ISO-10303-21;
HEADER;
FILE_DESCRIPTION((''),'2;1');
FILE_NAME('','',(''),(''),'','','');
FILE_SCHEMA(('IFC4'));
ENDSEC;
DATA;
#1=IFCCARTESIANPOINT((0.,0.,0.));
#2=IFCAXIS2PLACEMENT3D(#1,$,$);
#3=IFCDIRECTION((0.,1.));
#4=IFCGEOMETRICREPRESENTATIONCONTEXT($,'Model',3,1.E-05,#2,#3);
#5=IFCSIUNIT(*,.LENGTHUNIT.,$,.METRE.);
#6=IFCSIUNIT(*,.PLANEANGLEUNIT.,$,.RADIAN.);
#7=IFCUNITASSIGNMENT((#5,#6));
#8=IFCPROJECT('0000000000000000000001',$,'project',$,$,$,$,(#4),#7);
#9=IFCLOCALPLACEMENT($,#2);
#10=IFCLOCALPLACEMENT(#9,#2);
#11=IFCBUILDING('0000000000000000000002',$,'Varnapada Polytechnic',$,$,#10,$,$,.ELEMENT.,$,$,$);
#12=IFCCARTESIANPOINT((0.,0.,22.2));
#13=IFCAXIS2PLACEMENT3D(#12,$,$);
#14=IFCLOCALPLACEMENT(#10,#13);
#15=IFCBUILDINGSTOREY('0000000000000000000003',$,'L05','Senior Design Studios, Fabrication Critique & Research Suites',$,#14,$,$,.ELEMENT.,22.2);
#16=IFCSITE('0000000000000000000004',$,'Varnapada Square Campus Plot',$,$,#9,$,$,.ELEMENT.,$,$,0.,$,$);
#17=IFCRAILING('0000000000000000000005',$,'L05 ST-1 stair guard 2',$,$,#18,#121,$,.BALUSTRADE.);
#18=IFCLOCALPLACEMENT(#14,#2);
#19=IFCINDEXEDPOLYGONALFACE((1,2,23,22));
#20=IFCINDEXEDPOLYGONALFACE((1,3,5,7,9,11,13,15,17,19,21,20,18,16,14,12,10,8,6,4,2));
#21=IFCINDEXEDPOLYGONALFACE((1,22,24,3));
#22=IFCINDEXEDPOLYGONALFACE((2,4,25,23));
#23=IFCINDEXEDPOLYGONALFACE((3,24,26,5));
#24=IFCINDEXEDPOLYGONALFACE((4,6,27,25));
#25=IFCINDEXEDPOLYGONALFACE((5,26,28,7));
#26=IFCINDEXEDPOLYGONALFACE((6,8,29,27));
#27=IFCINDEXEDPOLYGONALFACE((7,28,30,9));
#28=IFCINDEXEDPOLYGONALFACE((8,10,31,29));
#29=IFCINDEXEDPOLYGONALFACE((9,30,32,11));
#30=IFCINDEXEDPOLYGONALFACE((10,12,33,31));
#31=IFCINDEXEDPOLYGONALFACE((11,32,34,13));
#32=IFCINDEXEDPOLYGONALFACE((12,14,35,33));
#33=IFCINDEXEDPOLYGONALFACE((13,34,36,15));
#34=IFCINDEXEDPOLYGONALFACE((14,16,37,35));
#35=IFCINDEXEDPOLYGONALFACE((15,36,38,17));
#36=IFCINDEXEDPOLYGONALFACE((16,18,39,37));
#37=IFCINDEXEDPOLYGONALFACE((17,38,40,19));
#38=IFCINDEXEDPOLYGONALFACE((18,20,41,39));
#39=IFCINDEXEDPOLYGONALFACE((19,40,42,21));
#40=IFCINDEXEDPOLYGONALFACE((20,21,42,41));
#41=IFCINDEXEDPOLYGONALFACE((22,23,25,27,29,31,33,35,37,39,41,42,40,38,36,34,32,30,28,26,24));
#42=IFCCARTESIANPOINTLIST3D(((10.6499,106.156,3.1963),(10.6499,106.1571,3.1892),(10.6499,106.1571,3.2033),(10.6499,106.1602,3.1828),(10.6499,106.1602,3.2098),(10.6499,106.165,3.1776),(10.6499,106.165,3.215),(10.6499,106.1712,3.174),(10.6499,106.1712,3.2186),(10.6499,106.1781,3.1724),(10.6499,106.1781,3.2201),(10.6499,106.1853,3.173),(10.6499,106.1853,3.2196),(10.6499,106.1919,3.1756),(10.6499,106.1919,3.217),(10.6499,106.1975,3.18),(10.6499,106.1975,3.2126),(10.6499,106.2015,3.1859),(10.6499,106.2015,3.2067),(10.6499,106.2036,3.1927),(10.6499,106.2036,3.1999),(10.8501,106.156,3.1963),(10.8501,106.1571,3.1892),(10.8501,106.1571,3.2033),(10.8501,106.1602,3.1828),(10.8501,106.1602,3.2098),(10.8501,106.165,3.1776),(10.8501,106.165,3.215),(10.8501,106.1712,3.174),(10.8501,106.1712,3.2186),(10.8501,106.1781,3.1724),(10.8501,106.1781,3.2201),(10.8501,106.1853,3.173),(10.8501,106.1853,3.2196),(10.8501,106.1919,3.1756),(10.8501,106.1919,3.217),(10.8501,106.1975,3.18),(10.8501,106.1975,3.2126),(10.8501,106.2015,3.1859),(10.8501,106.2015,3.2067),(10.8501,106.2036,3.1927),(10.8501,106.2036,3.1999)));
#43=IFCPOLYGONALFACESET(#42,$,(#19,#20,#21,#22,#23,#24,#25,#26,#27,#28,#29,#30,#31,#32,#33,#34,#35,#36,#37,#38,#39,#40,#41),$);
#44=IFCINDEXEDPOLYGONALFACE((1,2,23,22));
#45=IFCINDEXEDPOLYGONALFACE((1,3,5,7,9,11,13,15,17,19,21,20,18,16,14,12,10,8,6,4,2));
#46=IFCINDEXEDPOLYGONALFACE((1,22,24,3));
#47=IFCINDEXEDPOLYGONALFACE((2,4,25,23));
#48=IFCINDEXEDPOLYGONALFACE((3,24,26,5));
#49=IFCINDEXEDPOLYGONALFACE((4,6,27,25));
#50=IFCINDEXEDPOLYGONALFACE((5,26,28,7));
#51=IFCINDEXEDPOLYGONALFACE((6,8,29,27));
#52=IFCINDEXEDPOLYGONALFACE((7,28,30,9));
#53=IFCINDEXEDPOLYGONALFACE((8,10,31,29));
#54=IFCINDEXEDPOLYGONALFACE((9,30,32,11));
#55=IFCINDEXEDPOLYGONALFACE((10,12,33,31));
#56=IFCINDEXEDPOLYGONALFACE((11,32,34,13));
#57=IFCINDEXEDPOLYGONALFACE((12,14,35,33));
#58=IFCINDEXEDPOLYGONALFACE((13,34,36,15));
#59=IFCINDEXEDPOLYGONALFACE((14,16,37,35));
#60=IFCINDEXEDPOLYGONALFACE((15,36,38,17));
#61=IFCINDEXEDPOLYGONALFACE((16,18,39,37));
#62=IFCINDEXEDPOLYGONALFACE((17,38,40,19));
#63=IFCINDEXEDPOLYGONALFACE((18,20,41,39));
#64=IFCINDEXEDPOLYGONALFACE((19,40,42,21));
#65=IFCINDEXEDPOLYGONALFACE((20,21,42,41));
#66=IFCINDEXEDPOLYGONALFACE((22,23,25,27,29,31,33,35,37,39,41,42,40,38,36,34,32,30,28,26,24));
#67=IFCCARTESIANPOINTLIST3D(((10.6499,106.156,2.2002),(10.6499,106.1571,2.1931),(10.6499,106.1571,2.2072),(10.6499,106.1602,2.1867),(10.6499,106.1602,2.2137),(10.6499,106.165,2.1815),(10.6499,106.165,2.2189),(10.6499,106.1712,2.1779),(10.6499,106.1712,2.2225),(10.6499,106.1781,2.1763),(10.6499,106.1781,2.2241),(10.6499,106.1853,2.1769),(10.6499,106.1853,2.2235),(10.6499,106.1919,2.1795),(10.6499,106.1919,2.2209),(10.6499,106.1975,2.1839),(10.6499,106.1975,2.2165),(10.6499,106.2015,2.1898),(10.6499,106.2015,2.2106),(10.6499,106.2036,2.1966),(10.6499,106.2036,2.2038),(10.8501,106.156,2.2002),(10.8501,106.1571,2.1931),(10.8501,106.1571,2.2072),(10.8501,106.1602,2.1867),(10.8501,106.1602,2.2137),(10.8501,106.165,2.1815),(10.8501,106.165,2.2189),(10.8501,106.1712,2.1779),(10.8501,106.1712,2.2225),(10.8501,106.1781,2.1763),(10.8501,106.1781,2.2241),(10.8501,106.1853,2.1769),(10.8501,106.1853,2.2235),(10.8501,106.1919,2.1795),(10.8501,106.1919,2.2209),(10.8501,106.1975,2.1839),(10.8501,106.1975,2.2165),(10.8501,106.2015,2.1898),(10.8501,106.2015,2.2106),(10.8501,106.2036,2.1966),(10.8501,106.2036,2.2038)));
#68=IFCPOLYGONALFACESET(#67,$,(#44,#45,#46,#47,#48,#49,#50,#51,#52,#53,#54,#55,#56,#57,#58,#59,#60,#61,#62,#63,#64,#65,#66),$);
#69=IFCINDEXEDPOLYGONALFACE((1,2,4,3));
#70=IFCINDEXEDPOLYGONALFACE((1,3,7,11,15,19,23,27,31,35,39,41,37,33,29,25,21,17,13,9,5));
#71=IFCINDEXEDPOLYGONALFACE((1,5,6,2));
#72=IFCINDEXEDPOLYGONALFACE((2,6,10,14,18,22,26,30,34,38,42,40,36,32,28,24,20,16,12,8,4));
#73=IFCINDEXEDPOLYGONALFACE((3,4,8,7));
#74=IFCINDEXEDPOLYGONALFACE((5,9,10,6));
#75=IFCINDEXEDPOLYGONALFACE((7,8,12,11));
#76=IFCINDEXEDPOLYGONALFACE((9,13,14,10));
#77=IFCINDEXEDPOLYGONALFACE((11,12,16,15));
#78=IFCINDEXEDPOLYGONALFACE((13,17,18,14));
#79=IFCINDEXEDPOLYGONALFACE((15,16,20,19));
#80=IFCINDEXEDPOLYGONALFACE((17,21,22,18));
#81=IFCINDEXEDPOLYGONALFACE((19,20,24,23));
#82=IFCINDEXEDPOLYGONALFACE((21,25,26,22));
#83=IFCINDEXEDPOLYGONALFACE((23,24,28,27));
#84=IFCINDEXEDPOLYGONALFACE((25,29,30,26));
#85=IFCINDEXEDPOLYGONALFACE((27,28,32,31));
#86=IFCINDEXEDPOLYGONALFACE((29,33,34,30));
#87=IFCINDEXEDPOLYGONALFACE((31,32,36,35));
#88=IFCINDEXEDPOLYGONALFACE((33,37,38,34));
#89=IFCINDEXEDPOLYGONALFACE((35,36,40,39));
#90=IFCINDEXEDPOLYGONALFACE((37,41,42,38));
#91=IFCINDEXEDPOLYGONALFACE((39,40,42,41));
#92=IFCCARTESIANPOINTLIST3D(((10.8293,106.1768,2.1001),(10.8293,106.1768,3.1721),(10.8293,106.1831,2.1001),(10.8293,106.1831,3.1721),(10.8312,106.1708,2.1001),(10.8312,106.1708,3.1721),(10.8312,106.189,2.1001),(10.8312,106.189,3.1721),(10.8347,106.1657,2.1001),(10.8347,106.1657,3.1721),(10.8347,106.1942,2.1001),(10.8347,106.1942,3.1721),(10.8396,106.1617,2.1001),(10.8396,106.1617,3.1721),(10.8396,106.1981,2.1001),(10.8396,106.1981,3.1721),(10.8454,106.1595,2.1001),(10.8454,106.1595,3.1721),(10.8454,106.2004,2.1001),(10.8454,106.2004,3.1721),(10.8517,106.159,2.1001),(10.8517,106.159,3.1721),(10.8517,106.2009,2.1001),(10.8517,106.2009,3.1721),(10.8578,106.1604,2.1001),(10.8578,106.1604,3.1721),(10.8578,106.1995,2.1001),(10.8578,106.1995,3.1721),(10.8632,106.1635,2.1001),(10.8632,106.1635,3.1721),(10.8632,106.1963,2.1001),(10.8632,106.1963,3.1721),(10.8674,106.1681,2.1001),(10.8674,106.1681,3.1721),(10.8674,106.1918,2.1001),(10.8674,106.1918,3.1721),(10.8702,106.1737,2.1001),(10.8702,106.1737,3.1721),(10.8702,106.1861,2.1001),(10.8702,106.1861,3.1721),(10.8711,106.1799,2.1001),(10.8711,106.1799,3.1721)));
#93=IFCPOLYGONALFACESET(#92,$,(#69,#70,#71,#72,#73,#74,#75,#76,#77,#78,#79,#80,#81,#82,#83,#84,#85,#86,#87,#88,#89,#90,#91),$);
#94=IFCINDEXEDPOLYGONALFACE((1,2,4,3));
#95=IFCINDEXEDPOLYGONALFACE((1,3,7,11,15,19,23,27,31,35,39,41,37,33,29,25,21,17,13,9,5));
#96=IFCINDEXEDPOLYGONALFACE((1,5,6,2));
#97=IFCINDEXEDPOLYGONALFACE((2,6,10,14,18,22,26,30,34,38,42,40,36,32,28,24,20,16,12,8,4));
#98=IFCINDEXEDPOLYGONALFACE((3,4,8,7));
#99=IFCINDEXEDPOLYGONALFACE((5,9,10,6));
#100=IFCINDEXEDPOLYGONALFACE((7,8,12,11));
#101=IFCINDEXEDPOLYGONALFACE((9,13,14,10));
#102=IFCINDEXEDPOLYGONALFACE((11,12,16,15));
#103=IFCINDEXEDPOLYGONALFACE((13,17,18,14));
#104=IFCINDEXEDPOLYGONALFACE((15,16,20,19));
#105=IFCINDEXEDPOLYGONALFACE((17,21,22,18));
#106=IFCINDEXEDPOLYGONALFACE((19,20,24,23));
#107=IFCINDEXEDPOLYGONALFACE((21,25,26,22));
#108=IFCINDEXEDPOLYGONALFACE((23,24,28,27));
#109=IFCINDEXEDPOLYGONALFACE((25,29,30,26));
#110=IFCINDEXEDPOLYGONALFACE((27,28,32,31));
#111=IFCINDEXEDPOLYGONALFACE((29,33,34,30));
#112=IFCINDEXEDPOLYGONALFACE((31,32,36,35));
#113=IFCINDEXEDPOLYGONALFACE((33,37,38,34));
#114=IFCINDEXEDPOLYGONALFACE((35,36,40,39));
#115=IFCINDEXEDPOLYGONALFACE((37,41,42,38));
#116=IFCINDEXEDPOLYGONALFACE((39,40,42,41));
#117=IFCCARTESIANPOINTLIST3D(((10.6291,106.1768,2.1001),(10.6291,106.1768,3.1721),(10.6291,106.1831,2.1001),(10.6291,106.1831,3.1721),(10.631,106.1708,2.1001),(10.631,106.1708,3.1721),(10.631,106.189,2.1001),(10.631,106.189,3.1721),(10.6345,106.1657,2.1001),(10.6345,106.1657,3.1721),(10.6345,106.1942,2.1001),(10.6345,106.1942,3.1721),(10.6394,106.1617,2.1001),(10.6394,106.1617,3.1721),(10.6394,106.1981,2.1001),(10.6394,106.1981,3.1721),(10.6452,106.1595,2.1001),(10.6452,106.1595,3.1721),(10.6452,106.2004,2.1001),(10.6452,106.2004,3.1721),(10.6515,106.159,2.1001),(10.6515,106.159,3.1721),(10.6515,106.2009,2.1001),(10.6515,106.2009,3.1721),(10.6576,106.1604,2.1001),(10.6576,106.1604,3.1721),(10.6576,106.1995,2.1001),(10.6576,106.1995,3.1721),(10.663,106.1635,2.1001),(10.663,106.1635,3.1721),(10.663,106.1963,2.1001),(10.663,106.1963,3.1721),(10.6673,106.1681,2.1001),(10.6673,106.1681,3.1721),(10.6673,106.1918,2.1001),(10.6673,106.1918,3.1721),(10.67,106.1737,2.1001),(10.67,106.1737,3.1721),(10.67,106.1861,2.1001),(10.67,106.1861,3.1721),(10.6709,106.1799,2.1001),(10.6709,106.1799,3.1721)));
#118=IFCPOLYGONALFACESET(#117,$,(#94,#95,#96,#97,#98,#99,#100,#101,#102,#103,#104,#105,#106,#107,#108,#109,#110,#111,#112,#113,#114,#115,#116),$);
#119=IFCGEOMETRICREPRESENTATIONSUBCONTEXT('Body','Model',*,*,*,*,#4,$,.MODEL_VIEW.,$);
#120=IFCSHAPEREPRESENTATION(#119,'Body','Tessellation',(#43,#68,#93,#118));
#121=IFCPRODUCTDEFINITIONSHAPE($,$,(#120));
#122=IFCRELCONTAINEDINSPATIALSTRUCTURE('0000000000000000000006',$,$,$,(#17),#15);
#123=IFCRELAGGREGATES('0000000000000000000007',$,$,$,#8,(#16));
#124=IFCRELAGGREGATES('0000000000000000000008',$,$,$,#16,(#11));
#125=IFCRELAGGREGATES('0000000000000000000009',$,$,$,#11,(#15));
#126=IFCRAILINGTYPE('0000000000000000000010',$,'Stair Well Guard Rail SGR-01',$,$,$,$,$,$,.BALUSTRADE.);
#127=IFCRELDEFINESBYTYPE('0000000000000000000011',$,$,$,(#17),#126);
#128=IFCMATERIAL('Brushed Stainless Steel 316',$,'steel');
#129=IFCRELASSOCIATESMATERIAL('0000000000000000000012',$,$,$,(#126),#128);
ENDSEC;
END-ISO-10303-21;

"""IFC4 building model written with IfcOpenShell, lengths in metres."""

from ifc_helpers import new_model, si_unit, direction, frame, origin, origin_2d, place, context, subcontext, project, spatial, circle, extrude, material, type_object, element, save


model = new_model("IFC4")

# Units and contexts
model_context = context("Model", 3, precision=1e-05, world=origin(), true_north=direction((0.0, 1.0)))
body_context = subcontext(model_context, "Body", "Model", "MODEL_VIEW")
ifc_project = project(units=[si_unit("LENGTHUNIT", "METRE"), si_unit("PLANEANGLEUNIT", "RADIAN")], contexts=[model_context])

# Site, building, storey
site_placement = place(None, origin())
site = spatial("IfcSite", under=ifc_project, at=site_placement, Name="Varnapada Square Campus Plot", CompositionType="ELEMENT", RefElevation=0.0)
building_placement = place(site_placement, origin())
building = spatial("IfcBuilding", under=site, at=building_placement, Name="Varnapada Polytechnic", CompositionType="ELEMENT")
storey_placement = place(building_placement, frame((0.0, 0.0, 22.2)))
storey = spatial("IfcBuildingStorey", under=building, at=storey_placement, Name="L05", Description="Senior Design Studios, Fabrication Critique & Research Suites", CompositionType="ELEMENT", Elevation=22.2)

# Shared definitions
ifc_material_1 = material(Name="Brushed Stainless Steel 316", Category="steel")

# Railing
railing_type_1 = type_object("IfcRailingType", Name="Stair Well Guard Rail SGR-01", PredefinedType="BALUSTRADE", material=ifc_material_1)
railing_1_placement = place(storey_placement, frame((10.8501, 106.1799, 2.1001)))
element("IfcRailing", 1, at=railing_1_placement, inside=storey, type_object=railing_type_1, Name="L05 ST-1 stair guard 2", PredefinedType="BALUSTRADE", context=body_context, shape_type="SweptSolid", body=[
    extrude(circle(Radius=0.0239, at=origin_2d()), frame((0.0, 0.0, 1.0962), z_axis=(-1.0, 0.0, 0.0), x_axis=(0.0, -1.0, 0.0)), (0.0, 0.0, 1.0), 0.2002),
    extrude(circle(Radius=0.0239, at=origin_2d()), frame((0.0, 0.0, 0.1001), z_axis=(-1.0, 0.0, 0.0), x_axis=(0.0, -1.0, 0.0)), (0.0, 0.0, 1.0), 0.2002),
    extrude(circle(Radius=0.021, at=origin_2d()), origin(), (0.0, 0.0, 1.0), 1.072),
    extrude(circle(Radius=0.021, at=origin_2d()), frame((-0.2002, 0.0, 0.0)), (0.0, 0.0, 1.0), 1.072),
])

save(model, "model.ifc")
